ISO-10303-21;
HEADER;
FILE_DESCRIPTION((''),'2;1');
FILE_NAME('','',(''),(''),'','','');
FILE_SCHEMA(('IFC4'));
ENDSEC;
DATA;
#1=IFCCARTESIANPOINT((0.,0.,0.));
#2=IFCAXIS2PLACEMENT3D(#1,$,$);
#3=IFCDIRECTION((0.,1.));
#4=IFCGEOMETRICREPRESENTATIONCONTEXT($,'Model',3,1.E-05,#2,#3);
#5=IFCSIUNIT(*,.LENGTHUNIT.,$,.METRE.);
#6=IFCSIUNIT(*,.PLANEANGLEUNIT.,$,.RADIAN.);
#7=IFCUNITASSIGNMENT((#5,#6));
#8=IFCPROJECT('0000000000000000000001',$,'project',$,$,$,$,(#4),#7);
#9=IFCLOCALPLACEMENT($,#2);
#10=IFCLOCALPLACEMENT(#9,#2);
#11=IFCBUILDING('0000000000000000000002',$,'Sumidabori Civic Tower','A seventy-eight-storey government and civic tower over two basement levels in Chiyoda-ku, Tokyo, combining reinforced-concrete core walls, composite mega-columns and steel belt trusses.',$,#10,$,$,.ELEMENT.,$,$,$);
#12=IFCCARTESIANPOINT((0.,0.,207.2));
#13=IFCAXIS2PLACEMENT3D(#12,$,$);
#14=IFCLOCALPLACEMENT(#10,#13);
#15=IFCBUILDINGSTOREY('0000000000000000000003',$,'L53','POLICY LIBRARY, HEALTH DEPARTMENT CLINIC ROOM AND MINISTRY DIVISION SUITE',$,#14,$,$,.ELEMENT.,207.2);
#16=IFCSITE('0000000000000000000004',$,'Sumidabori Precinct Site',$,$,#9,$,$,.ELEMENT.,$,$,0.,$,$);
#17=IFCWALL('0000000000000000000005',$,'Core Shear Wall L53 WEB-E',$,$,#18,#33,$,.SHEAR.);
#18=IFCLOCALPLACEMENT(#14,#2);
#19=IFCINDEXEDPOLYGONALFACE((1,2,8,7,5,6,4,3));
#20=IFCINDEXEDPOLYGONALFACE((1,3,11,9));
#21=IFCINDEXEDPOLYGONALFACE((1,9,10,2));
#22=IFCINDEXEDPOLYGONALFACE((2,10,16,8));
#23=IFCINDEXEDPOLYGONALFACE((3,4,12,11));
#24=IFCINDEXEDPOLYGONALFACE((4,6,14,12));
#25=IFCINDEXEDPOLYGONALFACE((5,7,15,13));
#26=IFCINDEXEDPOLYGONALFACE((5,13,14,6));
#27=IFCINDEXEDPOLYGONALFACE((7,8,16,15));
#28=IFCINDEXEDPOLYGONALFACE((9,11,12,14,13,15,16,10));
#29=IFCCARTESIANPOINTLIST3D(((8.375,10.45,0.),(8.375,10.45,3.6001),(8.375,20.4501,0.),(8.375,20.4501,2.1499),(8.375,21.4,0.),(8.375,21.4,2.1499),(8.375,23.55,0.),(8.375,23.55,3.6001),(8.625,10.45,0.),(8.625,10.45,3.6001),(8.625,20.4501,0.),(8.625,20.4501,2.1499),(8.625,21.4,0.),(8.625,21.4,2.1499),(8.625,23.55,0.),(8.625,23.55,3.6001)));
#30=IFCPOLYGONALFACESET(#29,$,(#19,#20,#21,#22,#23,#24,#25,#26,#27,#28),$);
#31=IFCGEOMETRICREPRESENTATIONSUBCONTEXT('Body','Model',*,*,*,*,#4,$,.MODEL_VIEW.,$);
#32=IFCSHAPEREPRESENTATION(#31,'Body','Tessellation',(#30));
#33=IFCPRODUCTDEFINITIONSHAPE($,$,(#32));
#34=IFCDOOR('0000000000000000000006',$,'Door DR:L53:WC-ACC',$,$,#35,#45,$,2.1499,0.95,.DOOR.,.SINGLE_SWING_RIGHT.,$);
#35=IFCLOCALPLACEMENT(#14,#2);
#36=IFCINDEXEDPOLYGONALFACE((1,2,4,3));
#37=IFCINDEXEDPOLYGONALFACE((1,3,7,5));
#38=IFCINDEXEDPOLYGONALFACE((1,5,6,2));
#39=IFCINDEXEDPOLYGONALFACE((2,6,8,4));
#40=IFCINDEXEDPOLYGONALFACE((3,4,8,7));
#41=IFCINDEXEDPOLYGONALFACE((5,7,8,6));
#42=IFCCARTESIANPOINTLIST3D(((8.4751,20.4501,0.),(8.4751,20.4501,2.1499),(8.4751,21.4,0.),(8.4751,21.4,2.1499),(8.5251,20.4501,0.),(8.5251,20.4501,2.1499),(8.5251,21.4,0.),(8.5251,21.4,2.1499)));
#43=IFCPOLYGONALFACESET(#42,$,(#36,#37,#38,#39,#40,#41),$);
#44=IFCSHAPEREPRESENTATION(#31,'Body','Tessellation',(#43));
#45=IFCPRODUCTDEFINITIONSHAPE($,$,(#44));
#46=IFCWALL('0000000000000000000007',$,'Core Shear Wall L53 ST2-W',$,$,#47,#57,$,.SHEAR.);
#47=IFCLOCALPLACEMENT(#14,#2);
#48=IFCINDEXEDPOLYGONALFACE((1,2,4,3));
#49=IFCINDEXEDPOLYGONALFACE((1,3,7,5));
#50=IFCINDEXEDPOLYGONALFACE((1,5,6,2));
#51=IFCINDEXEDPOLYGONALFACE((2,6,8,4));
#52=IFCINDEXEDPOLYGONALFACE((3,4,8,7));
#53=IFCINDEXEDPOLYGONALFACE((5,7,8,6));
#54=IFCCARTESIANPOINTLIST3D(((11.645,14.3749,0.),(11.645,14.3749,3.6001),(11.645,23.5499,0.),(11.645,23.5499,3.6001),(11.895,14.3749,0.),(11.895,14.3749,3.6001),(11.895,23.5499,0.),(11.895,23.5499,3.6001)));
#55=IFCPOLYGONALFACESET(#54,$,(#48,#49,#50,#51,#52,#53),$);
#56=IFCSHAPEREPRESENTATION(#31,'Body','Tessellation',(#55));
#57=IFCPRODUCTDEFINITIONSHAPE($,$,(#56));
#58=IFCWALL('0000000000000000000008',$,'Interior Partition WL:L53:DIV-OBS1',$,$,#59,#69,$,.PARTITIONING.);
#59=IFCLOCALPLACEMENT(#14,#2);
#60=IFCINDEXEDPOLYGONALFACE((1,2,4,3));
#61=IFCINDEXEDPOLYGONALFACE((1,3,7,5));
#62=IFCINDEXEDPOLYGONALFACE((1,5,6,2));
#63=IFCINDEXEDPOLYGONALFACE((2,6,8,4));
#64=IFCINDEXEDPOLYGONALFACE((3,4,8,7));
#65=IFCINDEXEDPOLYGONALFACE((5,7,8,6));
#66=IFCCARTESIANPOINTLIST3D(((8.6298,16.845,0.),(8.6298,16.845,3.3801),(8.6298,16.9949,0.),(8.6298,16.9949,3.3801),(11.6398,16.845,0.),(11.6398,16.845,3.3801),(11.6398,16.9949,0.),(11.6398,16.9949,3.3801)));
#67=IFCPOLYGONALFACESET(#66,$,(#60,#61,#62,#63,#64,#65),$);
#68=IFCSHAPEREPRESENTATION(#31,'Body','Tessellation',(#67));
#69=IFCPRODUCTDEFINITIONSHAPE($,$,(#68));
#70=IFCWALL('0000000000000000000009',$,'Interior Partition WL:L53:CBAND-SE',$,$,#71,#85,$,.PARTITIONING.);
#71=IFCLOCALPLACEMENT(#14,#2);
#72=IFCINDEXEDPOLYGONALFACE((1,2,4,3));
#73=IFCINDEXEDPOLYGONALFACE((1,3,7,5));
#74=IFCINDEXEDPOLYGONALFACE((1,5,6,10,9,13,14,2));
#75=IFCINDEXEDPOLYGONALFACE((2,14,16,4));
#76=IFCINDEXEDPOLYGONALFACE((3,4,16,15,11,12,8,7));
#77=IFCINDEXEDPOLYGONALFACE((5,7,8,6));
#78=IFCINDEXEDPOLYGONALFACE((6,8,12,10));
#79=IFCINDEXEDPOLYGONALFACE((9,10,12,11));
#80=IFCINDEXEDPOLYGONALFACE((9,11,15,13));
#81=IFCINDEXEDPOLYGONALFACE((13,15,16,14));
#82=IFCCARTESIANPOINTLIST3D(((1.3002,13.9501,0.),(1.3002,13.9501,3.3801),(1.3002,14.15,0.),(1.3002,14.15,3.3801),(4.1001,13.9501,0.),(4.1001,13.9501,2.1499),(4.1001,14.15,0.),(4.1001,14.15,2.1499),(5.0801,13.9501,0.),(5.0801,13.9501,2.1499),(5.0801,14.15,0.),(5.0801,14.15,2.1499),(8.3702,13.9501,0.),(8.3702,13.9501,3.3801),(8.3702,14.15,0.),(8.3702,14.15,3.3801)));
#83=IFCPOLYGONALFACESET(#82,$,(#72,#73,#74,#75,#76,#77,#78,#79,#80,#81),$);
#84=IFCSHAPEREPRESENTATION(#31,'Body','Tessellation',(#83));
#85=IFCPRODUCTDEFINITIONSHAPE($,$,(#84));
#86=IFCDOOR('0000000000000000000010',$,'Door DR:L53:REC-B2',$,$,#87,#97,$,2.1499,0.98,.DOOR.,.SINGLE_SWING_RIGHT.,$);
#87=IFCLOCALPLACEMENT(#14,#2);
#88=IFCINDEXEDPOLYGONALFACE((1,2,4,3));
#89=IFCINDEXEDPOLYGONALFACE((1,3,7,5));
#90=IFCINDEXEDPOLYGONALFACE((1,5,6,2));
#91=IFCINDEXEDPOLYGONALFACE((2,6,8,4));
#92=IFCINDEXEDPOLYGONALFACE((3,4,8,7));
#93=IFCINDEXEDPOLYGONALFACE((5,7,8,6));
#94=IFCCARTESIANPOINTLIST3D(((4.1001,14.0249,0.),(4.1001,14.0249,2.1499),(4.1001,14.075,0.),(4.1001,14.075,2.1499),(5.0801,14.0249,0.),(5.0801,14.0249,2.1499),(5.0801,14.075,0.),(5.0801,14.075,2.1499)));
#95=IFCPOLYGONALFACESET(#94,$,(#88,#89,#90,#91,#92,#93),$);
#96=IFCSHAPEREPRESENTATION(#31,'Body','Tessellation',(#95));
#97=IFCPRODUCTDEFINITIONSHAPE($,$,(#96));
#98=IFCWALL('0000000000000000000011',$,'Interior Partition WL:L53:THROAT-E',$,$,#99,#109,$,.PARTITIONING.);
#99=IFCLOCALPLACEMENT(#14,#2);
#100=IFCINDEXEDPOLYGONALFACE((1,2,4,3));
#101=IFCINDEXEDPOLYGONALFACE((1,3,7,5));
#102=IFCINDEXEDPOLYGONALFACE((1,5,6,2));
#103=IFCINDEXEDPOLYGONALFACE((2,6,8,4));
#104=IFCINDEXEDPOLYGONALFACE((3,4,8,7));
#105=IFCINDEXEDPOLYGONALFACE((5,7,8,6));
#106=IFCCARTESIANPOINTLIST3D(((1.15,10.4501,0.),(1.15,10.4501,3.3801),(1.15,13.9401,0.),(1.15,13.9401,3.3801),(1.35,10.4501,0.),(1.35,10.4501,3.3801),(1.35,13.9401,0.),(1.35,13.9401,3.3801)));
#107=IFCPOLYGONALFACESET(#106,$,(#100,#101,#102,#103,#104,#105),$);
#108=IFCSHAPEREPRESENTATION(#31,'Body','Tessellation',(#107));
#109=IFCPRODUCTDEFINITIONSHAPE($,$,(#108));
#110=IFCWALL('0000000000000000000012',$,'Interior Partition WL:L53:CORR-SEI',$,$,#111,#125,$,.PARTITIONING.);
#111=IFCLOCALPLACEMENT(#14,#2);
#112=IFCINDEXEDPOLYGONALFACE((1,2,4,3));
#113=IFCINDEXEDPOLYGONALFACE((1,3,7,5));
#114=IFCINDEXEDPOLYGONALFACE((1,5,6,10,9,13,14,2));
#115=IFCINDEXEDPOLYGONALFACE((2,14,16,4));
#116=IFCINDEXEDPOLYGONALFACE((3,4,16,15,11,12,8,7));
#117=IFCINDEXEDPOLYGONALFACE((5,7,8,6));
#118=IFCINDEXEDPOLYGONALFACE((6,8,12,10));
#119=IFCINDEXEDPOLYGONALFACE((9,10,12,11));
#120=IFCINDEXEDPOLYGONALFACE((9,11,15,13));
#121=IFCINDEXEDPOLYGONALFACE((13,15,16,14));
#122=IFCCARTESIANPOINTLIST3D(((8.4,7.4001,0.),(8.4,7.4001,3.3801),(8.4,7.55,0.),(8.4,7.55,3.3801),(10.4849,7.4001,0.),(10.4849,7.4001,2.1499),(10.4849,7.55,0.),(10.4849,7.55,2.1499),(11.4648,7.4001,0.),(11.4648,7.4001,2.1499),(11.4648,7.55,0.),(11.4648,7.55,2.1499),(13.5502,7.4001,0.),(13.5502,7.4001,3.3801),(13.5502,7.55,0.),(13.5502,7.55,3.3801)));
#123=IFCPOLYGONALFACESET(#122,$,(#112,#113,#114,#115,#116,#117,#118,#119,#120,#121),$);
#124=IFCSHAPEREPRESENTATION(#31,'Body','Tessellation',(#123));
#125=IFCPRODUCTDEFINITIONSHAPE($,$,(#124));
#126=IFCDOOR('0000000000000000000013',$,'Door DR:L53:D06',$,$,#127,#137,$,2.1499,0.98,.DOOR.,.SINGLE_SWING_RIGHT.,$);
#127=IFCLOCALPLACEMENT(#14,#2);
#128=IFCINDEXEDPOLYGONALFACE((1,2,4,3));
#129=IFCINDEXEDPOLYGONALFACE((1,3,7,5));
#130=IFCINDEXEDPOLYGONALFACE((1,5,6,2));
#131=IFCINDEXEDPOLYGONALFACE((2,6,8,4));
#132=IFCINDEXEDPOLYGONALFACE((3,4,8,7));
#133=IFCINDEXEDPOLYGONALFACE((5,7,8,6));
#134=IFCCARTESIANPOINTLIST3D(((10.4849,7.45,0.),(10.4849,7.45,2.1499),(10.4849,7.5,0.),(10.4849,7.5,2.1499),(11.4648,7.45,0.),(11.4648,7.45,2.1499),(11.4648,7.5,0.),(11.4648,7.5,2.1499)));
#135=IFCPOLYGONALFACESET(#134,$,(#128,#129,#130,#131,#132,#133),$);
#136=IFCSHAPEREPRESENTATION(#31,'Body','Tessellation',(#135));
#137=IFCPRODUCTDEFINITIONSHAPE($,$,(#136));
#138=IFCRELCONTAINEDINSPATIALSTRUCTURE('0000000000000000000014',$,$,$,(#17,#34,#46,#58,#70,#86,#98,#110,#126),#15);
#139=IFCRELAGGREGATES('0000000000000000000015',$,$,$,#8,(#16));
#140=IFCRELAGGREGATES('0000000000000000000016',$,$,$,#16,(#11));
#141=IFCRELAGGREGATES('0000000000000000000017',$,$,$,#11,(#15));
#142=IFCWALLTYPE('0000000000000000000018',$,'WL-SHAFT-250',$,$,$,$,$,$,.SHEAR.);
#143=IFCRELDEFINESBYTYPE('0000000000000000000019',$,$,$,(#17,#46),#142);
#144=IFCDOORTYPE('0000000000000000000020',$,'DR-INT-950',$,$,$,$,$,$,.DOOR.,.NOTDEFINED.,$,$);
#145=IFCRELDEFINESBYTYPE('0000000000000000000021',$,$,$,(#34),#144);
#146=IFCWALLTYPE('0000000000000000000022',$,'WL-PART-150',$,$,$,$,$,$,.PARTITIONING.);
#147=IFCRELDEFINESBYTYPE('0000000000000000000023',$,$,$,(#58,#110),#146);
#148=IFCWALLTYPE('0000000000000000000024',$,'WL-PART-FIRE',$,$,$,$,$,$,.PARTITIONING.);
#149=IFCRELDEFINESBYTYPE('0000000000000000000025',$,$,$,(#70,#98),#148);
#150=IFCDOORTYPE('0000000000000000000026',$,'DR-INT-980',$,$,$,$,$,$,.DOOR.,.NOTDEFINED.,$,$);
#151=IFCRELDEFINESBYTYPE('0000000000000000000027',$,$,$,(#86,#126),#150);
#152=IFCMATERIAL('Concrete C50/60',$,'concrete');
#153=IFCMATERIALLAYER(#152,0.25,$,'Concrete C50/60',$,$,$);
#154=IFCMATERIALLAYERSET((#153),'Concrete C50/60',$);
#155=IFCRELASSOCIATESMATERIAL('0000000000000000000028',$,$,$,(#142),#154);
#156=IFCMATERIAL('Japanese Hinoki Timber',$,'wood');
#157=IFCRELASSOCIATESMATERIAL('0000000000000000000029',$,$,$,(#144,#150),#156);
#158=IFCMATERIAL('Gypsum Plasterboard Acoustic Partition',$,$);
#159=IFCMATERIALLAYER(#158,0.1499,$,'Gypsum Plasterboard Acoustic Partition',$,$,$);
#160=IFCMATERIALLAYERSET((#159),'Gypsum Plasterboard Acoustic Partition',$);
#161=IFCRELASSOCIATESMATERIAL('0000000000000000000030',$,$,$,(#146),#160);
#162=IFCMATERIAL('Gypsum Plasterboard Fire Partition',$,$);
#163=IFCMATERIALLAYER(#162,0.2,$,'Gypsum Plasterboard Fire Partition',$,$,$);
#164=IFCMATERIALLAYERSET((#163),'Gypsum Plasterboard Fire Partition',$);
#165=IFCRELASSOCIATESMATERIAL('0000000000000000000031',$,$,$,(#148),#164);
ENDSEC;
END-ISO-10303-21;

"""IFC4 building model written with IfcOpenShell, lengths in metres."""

from ifc_helpers import new_model, si_unit, direction, frame, frame_2d, origin, place, context, subcontext, project, spatial, rectangle, extrude, source, transform, mapped, material, layer, layer_set, type_object, element, fill, save


model = new_model("IFC4")

# Units and contexts
model_context = context("Model", 3, precision=1e-05, world=origin(), true_north=direction((0.0, 1.0)))
body_context = subcontext(model_context, "Body", "Model", "MODEL_VIEW")
ifc_project = project(units=[si_unit("LENGTHUNIT", "METRE"), si_unit("PLANEANGLEUNIT", "RADIAN")], contexts=[model_context])

# Site, building, storey
site_placement = place(None, origin())
site = spatial("IfcSite", under=ifc_project, at=site_placement, Name="Sumidabori Precinct Site", CompositionType="ELEMENT", RefElevation=0.0)
building_placement = place(site_placement, origin())
building = spatial("IfcBuilding", under=site, at=building_placement, Name="Sumidabori Civic Tower", Description="A seventy-eight-storey government and civic tower over two basement levels in Chiyoda-ku, Tokyo, combining reinforced-concrete core walls, composite mega-columns and steel belt trusses.", CompositionType="ELEMENT")
storey_placement = place(building_placement, frame((0.0, 0.0, 207.2)))
storey = spatial("IfcBuildingStorey", under=building, at=storey_placement, Name="L53", Description="POLICY LIBRARY, HEALTH DEPARTMENT CLINIC ROOM AND MINISTRY DIVISION SUITE", CompositionType="ELEMENT", Elevation=207.2)

# Shared definitions
ifc_material_1 = material(Name="Concrete C50/60", Category="concrete")

# Wall, opening, door
ifc_layer_1 = layer(ifc_material_1, 0.25, Name="Concrete C50/60")
ifc_layer_set_1 = layer_set([ifc_layer_1], Name="Concrete C50/60")
wall_type_1 = type_object("IfcWallType", Name="WL-SHAFT-250", PredefinedType="SHEAR", material=ifc_layer_set_1)
shared_shape_1 = source(origin(), body_context, "Body", "SweptSolid", [
    extrude(rectangle(XDim=13.1001, YDim=0.25, at=frame_2d((6.55, 0.0))), origin(), (0.0, 0.0, 1.0), 3.6001),
])
wall_1_placement = place(storey_placement, frame((8.5, 10.45, 0.0), z_axis=(0.0, 0.0, 1.0), x_axis=(0.0, 1.0, 0.0)))
wall_1 = element("IfcWall", 1, at=wall_1_placement, inside=storey, type_object=wall_type_1, Name="Core Shear Wall L53 WEB-E", PredefinedType="SHEAR", context=body_context, shape_type="MappedRepresentation", body=[
    mapped(shared_shape_1, transform((0.0, 0.0, 0.0), x_axis=(1.0, 0.0, 0.0), y_axis=(0.0, 1.0, 0.0), z_axis=(0.0, 0.0, 1.0), scale=1.0)),
])
opening_1_placement = place(wall_1_placement, frame((10.0, 0.0, 0.0)))
opening_1 = element("IfcOpeningElement", 2, at=opening_1_placement, cuts=wall_1, PredefinedType="OPENING", context=body_context, shape_type="SweptSolid", body=[
    extrude(rectangle(XDim=0.95, YDim=2.1499, at=frame_2d((0.4751, 1.075))), frame((0.0, 0.137, 0.0), z_axis=(0.0, -1.0, 0.0), x_axis=(1.0, 0.0, 0.0)), (0.0, 0.0, 1.0), 0.2739),
])
ifc_material_2 = material(Name="Japanese Hinoki Timber", Category="wood")
door_type_1 = type_object("IfcDoorType", Name="DR-INT-950", OperationType="NOTDEFINED", PredefinedType="DOOR", material=ifc_material_2)
shared_shape_2 = source(origin(), body_context, "Body", "SweptSolid", [
    extrude(rectangle(XDim=0.95, YDim=2.1499, at=frame_2d((0.4751, 1.075))), frame((0.0, 0.0249, 0.0), z_axis=(0.0, -1.0, 0.0), x_axis=(1.0, 0.0, 0.0)), (0.0, 0.0, 1.0), 0.05),
])
door_1_placement = place(opening_1_placement, origin())
door_1 = element("IfcDoor", 3, at=door_1_placement, inside=storey, type_object=door_type_1, Name="Door DR:L53:WC-ACC", OperationType="SINGLE_SWING_RIGHT", OverallHeight=2.1499, OverallWidth=0.95, PredefinedType="DOOR", context=body_context, shape_type="MappedRepresentation", body=[
    mapped(shared_shape_2, transform((0.0, 0.0, 0.0), x_axis=(1.0, 0.0, 0.0), y_axis=(0.0, 1.0, 0.0), z_axis=(0.0, 0.0, 1.0), scale=1.0)),
])
fill(opening_1, door_1)

# Wall
shared_shape_3 = source(origin(), body_context, "Body", "SweptSolid", [
    extrude(rectangle(XDim=9.175, YDim=0.25, at=frame_2d((4.5874, 0.0))), origin(), (0.0, 0.0, 1.0), 3.6001),
])
wall_2_placement = place(storey_placement, frame((11.77, 14.375, 0.0), z_axis=(0.0, 0.0, 1.0), x_axis=(0.0, 1.0, 0.0)))
element("IfcWall", 4, at=wall_2_placement, inside=storey, type_object=wall_type_1, Name="Core Shear Wall L53 ST2-W", PredefinedType="SHEAR", context=body_context, shape_type="MappedRepresentation", body=[
    mapped(shared_shape_3, transform((0.0, 0.0, 0.0), x_axis=(1.0, 0.0, 0.0), y_axis=(0.0, 1.0, 0.0), z_axis=(0.0, 0.0, 1.0), scale=1.0)),
])

# Wall
ifc_material_3 = material(Name="Gypsum Plasterboard Acoustic Partition")
ifc_layer_2 = layer(ifc_material_3, 0.1499, Name="Gypsum Plasterboard Acoustic Partition")
ifc_layer_set_2 = layer_set([ifc_layer_2], Name="Gypsum Plasterboard Acoustic Partition")
wall_type_2 = type_object("IfcWallType", Name="WL-PART-150", PredefinedType="PARTITIONING", material=ifc_layer_set_2)
shared_shape_4 = source(origin(), body_context, "Body", "SweptSolid", [
    extrude(rectangle(XDim=3.01, YDim=0.1499, at=frame_2d((1.5049, 0.0))), origin(), (0.0, 0.0, 1.0), 3.3801),
])
wall_3_placement = place(storey_placement, frame((8.6299, 16.9199, 0.0), z_axis=(0.0, 0.0, 1.0), x_axis=(1.0, 0.0, 0.0)))
element("IfcWall", 5, at=wall_3_placement, inside=storey, type_object=wall_type_2, Name="Interior Partition WL:L53:DIV-OBS1", PredefinedType="PARTITIONING", context=body_context, shape_type="MappedRepresentation", body=[
    mapped(shared_shape_4, transform((0.0, 0.0, 0.0), x_axis=(1.0, 0.0, 0.0), y_axis=(0.0, 1.0, 0.0), z_axis=(0.0, 0.0, 1.0), scale=1.0)),
])

# Wall, opening, door
ifc_material_4 = material(Name="Gypsum Plasterboard Fire Partition")
ifc_layer_3 = layer(ifc_material_4, 0.2, Name="Gypsum Plasterboard Fire Partition")
ifc_layer_set_3 = layer_set([ifc_layer_3], Name="Gypsum Plasterboard Fire Partition")
wall_type_3 = type_object("IfcWallType", Name="WL-PART-FIRE", PredefinedType="PARTITIONING", material=ifc_layer_set_3)
shared_shape_5 = source(origin(), body_context, "Body", "SweptSolid", [
    extrude(rectangle(XDim=7.0701, YDim=0.2, at=frame_2d((3.5352, 0.0))), origin(), (0.0, 0.0, 1.0), 3.3801),
])
wall_4_placement = place(storey_placement, frame((1.3, 14.05, 0.0), z_axis=(0.0, 0.0, 1.0), x_axis=(1.0, 0.0, 0.0)))
wall_4 = element("IfcWall", 6, at=wall_4_placement, inside=storey, type_object=wall_type_3, Name="Interior Partition WL:L53:CBAND-SE", PredefinedType="PARTITIONING", context=body_context, shape_type="MappedRepresentation", body=[
    mapped(shared_shape_5, transform((0.0, 0.0, 0.0), x_axis=(1.0, 0.0, 0.0), y_axis=(0.0, 1.0, 0.0), z_axis=(0.0, 0.0, 1.0), scale=1.0)),
])
opening_2_placement = place(wall_4_placement, frame((2.8, 0.0, 0.0)))
opening_2 = element("IfcOpeningElement", 7, at=opening_2_placement, cuts=wall_4, PredefinedType="OPENING", context=body_context, shape_type="SweptSolid", body=[
    extrude(rectangle(XDim=0.98, YDim=2.1499, at=frame_2d((0.49, 1.075))), frame((0.0, 0.1118, 0.0), z_axis=(0.0, -1.0, 0.0), x_axis=(1.0, 0.0, 0.0)), (0.0, 0.0, 1.0), 0.2239),
])
door_type_2 = type_object("IfcDoorType", Name="DR-INT-980", OperationType="NOTDEFINED", PredefinedType="DOOR", material=ifc_material_2)
shared_shape_6 = source(origin(), body_context, "Body", "SweptSolid", [
    extrude(rectangle(XDim=0.98, YDim=2.1499, at=frame_2d((0.49, 1.075))), frame((0.0, 0.0249, 0.0), z_axis=(0.0, -1.0, 0.0), x_axis=(1.0, 0.0, 0.0)), (0.0, 0.0, 1.0), 0.05),
])
door_2_placement = place(opening_2_placement, origin())
door_2 = element("IfcDoor", 8, at=door_2_placement, inside=storey, type_object=door_type_2, Name="Door DR:L53:REC-B2", OperationType="SINGLE_SWING_RIGHT", OverallHeight=2.1499, OverallWidth=0.98, PredefinedType="DOOR", context=body_context, shape_type="MappedRepresentation", body=[
    mapped(shared_shape_6, transform((0.0, 0.0, 0.0), x_axis=(1.0, 0.0, 0.0), y_axis=(0.0, 1.0, 0.0), z_axis=(0.0, 0.0, 1.0), scale=1.0)),
])
fill(opening_2, door_2)

# Wall
shared_shape_7 = source(origin(), body_context, "Body", "SweptSolid", [
    extrude(rectangle(XDim=3.49, YDim=0.2, at=frame_2d((1.7451, 0.0))), origin(), (0.0, 0.0, 1.0), 3.3801),
])
wall_5_placement = place(storey_placement, frame((1.25, 10.45, 0.0), z_axis=(0.0, 0.0, 1.0), x_axis=(0.0, 1.0, 0.0)))
element("IfcWall", 9, at=wall_5_placement, inside=storey, type_object=wall_type_3, Name="Interior Partition WL:L53:THROAT-E", PredefinedType="PARTITIONING", context=body_context, shape_type="MappedRepresentation", body=[
    mapped(shared_shape_7, transform((0.0, 0.0, 0.0), x_axis=(1.0, 0.0, 0.0), y_axis=(0.0, 1.0, 0.0), z_axis=(0.0, 0.0, 1.0), scale=1.0)),
])

# Wall, opening, door
shared_shape_8 = source(origin(), body_context, "Body", "SweptSolid", [
    extrude(rectangle(XDim=5.1501, YDim=0.1499, at=frame_2d((2.5752, 0.0))), origin(), (0.0, 0.0, 1.0), 3.3801),
])
wall_6_placement = place(storey_placement, frame((8.3999, 7.4751, 0.0), z_axis=(0.0, 0.0, 1.0), x_axis=(1.0, 0.0, 0.0)))
wall_6 = element("IfcWall", 10, at=wall_6_placement, inside=storey, type_object=wall_type_2, Name="Interior Partition WL:L53:CORR-SEI", PredefinedType="PARTITIONING", context=body_context, shape_type="MappedRepresentation", body=[
    mapped(shared_shape_8, transform((0.0, 0.0, 0.0), x_axis=(1.0, 0.0, 0.0), y_axis=(0.0, 1.0, 0.0), z_axis=(0.0, 0.0, 1.0), scale=1.0)),
])
opening_3_placement = place(wall_6_placement, frame((2.085, 0.0, 0.0)))
opening_3 = element("IfcOpeningElement", 11, at=opening_3_placement, cuts=wall_6, PredefinedType="OPENING", context=body_context, shape_type="SweptSolid", body=[
    extrude(rectangle(XDim=0.98, YDim=2.1499, at=frame_2d((0.49, 1.075))), frame((0.0, 0.0869, 0.0), z_axis=(0.0, -1.0, 0.0), x_axis=(1.0, 0.0, 0.0)), (0.0, 0.0, 1.0), 0.1738),
])
door_3_placement = place(opening_3_placement, origin())
door_3 = element("IfcDoor", 12, at=door_3_placement, inside=storey, type_object=door_type_2, Name="Door DR:L53:D06", OperationType="SINGLE_SWING_RIGHT", OverallHeight=2.1499, OverallWidth=0.98, PredefinedType="DOOR", context=body_context, shape_type="MappedRepresentation", body=[
    mapped(shared_shape_6, transform((0.0, 0.0, 0.0), x_axis=(1.0, 0.0, 0.0), y_axis=(0.0, 1.0, 0.0), z_axis=(0.0, 0.0, 1.0), scale=1.0)),
])
fill(opening_3, door_3)

save(model, "model.ifc")
